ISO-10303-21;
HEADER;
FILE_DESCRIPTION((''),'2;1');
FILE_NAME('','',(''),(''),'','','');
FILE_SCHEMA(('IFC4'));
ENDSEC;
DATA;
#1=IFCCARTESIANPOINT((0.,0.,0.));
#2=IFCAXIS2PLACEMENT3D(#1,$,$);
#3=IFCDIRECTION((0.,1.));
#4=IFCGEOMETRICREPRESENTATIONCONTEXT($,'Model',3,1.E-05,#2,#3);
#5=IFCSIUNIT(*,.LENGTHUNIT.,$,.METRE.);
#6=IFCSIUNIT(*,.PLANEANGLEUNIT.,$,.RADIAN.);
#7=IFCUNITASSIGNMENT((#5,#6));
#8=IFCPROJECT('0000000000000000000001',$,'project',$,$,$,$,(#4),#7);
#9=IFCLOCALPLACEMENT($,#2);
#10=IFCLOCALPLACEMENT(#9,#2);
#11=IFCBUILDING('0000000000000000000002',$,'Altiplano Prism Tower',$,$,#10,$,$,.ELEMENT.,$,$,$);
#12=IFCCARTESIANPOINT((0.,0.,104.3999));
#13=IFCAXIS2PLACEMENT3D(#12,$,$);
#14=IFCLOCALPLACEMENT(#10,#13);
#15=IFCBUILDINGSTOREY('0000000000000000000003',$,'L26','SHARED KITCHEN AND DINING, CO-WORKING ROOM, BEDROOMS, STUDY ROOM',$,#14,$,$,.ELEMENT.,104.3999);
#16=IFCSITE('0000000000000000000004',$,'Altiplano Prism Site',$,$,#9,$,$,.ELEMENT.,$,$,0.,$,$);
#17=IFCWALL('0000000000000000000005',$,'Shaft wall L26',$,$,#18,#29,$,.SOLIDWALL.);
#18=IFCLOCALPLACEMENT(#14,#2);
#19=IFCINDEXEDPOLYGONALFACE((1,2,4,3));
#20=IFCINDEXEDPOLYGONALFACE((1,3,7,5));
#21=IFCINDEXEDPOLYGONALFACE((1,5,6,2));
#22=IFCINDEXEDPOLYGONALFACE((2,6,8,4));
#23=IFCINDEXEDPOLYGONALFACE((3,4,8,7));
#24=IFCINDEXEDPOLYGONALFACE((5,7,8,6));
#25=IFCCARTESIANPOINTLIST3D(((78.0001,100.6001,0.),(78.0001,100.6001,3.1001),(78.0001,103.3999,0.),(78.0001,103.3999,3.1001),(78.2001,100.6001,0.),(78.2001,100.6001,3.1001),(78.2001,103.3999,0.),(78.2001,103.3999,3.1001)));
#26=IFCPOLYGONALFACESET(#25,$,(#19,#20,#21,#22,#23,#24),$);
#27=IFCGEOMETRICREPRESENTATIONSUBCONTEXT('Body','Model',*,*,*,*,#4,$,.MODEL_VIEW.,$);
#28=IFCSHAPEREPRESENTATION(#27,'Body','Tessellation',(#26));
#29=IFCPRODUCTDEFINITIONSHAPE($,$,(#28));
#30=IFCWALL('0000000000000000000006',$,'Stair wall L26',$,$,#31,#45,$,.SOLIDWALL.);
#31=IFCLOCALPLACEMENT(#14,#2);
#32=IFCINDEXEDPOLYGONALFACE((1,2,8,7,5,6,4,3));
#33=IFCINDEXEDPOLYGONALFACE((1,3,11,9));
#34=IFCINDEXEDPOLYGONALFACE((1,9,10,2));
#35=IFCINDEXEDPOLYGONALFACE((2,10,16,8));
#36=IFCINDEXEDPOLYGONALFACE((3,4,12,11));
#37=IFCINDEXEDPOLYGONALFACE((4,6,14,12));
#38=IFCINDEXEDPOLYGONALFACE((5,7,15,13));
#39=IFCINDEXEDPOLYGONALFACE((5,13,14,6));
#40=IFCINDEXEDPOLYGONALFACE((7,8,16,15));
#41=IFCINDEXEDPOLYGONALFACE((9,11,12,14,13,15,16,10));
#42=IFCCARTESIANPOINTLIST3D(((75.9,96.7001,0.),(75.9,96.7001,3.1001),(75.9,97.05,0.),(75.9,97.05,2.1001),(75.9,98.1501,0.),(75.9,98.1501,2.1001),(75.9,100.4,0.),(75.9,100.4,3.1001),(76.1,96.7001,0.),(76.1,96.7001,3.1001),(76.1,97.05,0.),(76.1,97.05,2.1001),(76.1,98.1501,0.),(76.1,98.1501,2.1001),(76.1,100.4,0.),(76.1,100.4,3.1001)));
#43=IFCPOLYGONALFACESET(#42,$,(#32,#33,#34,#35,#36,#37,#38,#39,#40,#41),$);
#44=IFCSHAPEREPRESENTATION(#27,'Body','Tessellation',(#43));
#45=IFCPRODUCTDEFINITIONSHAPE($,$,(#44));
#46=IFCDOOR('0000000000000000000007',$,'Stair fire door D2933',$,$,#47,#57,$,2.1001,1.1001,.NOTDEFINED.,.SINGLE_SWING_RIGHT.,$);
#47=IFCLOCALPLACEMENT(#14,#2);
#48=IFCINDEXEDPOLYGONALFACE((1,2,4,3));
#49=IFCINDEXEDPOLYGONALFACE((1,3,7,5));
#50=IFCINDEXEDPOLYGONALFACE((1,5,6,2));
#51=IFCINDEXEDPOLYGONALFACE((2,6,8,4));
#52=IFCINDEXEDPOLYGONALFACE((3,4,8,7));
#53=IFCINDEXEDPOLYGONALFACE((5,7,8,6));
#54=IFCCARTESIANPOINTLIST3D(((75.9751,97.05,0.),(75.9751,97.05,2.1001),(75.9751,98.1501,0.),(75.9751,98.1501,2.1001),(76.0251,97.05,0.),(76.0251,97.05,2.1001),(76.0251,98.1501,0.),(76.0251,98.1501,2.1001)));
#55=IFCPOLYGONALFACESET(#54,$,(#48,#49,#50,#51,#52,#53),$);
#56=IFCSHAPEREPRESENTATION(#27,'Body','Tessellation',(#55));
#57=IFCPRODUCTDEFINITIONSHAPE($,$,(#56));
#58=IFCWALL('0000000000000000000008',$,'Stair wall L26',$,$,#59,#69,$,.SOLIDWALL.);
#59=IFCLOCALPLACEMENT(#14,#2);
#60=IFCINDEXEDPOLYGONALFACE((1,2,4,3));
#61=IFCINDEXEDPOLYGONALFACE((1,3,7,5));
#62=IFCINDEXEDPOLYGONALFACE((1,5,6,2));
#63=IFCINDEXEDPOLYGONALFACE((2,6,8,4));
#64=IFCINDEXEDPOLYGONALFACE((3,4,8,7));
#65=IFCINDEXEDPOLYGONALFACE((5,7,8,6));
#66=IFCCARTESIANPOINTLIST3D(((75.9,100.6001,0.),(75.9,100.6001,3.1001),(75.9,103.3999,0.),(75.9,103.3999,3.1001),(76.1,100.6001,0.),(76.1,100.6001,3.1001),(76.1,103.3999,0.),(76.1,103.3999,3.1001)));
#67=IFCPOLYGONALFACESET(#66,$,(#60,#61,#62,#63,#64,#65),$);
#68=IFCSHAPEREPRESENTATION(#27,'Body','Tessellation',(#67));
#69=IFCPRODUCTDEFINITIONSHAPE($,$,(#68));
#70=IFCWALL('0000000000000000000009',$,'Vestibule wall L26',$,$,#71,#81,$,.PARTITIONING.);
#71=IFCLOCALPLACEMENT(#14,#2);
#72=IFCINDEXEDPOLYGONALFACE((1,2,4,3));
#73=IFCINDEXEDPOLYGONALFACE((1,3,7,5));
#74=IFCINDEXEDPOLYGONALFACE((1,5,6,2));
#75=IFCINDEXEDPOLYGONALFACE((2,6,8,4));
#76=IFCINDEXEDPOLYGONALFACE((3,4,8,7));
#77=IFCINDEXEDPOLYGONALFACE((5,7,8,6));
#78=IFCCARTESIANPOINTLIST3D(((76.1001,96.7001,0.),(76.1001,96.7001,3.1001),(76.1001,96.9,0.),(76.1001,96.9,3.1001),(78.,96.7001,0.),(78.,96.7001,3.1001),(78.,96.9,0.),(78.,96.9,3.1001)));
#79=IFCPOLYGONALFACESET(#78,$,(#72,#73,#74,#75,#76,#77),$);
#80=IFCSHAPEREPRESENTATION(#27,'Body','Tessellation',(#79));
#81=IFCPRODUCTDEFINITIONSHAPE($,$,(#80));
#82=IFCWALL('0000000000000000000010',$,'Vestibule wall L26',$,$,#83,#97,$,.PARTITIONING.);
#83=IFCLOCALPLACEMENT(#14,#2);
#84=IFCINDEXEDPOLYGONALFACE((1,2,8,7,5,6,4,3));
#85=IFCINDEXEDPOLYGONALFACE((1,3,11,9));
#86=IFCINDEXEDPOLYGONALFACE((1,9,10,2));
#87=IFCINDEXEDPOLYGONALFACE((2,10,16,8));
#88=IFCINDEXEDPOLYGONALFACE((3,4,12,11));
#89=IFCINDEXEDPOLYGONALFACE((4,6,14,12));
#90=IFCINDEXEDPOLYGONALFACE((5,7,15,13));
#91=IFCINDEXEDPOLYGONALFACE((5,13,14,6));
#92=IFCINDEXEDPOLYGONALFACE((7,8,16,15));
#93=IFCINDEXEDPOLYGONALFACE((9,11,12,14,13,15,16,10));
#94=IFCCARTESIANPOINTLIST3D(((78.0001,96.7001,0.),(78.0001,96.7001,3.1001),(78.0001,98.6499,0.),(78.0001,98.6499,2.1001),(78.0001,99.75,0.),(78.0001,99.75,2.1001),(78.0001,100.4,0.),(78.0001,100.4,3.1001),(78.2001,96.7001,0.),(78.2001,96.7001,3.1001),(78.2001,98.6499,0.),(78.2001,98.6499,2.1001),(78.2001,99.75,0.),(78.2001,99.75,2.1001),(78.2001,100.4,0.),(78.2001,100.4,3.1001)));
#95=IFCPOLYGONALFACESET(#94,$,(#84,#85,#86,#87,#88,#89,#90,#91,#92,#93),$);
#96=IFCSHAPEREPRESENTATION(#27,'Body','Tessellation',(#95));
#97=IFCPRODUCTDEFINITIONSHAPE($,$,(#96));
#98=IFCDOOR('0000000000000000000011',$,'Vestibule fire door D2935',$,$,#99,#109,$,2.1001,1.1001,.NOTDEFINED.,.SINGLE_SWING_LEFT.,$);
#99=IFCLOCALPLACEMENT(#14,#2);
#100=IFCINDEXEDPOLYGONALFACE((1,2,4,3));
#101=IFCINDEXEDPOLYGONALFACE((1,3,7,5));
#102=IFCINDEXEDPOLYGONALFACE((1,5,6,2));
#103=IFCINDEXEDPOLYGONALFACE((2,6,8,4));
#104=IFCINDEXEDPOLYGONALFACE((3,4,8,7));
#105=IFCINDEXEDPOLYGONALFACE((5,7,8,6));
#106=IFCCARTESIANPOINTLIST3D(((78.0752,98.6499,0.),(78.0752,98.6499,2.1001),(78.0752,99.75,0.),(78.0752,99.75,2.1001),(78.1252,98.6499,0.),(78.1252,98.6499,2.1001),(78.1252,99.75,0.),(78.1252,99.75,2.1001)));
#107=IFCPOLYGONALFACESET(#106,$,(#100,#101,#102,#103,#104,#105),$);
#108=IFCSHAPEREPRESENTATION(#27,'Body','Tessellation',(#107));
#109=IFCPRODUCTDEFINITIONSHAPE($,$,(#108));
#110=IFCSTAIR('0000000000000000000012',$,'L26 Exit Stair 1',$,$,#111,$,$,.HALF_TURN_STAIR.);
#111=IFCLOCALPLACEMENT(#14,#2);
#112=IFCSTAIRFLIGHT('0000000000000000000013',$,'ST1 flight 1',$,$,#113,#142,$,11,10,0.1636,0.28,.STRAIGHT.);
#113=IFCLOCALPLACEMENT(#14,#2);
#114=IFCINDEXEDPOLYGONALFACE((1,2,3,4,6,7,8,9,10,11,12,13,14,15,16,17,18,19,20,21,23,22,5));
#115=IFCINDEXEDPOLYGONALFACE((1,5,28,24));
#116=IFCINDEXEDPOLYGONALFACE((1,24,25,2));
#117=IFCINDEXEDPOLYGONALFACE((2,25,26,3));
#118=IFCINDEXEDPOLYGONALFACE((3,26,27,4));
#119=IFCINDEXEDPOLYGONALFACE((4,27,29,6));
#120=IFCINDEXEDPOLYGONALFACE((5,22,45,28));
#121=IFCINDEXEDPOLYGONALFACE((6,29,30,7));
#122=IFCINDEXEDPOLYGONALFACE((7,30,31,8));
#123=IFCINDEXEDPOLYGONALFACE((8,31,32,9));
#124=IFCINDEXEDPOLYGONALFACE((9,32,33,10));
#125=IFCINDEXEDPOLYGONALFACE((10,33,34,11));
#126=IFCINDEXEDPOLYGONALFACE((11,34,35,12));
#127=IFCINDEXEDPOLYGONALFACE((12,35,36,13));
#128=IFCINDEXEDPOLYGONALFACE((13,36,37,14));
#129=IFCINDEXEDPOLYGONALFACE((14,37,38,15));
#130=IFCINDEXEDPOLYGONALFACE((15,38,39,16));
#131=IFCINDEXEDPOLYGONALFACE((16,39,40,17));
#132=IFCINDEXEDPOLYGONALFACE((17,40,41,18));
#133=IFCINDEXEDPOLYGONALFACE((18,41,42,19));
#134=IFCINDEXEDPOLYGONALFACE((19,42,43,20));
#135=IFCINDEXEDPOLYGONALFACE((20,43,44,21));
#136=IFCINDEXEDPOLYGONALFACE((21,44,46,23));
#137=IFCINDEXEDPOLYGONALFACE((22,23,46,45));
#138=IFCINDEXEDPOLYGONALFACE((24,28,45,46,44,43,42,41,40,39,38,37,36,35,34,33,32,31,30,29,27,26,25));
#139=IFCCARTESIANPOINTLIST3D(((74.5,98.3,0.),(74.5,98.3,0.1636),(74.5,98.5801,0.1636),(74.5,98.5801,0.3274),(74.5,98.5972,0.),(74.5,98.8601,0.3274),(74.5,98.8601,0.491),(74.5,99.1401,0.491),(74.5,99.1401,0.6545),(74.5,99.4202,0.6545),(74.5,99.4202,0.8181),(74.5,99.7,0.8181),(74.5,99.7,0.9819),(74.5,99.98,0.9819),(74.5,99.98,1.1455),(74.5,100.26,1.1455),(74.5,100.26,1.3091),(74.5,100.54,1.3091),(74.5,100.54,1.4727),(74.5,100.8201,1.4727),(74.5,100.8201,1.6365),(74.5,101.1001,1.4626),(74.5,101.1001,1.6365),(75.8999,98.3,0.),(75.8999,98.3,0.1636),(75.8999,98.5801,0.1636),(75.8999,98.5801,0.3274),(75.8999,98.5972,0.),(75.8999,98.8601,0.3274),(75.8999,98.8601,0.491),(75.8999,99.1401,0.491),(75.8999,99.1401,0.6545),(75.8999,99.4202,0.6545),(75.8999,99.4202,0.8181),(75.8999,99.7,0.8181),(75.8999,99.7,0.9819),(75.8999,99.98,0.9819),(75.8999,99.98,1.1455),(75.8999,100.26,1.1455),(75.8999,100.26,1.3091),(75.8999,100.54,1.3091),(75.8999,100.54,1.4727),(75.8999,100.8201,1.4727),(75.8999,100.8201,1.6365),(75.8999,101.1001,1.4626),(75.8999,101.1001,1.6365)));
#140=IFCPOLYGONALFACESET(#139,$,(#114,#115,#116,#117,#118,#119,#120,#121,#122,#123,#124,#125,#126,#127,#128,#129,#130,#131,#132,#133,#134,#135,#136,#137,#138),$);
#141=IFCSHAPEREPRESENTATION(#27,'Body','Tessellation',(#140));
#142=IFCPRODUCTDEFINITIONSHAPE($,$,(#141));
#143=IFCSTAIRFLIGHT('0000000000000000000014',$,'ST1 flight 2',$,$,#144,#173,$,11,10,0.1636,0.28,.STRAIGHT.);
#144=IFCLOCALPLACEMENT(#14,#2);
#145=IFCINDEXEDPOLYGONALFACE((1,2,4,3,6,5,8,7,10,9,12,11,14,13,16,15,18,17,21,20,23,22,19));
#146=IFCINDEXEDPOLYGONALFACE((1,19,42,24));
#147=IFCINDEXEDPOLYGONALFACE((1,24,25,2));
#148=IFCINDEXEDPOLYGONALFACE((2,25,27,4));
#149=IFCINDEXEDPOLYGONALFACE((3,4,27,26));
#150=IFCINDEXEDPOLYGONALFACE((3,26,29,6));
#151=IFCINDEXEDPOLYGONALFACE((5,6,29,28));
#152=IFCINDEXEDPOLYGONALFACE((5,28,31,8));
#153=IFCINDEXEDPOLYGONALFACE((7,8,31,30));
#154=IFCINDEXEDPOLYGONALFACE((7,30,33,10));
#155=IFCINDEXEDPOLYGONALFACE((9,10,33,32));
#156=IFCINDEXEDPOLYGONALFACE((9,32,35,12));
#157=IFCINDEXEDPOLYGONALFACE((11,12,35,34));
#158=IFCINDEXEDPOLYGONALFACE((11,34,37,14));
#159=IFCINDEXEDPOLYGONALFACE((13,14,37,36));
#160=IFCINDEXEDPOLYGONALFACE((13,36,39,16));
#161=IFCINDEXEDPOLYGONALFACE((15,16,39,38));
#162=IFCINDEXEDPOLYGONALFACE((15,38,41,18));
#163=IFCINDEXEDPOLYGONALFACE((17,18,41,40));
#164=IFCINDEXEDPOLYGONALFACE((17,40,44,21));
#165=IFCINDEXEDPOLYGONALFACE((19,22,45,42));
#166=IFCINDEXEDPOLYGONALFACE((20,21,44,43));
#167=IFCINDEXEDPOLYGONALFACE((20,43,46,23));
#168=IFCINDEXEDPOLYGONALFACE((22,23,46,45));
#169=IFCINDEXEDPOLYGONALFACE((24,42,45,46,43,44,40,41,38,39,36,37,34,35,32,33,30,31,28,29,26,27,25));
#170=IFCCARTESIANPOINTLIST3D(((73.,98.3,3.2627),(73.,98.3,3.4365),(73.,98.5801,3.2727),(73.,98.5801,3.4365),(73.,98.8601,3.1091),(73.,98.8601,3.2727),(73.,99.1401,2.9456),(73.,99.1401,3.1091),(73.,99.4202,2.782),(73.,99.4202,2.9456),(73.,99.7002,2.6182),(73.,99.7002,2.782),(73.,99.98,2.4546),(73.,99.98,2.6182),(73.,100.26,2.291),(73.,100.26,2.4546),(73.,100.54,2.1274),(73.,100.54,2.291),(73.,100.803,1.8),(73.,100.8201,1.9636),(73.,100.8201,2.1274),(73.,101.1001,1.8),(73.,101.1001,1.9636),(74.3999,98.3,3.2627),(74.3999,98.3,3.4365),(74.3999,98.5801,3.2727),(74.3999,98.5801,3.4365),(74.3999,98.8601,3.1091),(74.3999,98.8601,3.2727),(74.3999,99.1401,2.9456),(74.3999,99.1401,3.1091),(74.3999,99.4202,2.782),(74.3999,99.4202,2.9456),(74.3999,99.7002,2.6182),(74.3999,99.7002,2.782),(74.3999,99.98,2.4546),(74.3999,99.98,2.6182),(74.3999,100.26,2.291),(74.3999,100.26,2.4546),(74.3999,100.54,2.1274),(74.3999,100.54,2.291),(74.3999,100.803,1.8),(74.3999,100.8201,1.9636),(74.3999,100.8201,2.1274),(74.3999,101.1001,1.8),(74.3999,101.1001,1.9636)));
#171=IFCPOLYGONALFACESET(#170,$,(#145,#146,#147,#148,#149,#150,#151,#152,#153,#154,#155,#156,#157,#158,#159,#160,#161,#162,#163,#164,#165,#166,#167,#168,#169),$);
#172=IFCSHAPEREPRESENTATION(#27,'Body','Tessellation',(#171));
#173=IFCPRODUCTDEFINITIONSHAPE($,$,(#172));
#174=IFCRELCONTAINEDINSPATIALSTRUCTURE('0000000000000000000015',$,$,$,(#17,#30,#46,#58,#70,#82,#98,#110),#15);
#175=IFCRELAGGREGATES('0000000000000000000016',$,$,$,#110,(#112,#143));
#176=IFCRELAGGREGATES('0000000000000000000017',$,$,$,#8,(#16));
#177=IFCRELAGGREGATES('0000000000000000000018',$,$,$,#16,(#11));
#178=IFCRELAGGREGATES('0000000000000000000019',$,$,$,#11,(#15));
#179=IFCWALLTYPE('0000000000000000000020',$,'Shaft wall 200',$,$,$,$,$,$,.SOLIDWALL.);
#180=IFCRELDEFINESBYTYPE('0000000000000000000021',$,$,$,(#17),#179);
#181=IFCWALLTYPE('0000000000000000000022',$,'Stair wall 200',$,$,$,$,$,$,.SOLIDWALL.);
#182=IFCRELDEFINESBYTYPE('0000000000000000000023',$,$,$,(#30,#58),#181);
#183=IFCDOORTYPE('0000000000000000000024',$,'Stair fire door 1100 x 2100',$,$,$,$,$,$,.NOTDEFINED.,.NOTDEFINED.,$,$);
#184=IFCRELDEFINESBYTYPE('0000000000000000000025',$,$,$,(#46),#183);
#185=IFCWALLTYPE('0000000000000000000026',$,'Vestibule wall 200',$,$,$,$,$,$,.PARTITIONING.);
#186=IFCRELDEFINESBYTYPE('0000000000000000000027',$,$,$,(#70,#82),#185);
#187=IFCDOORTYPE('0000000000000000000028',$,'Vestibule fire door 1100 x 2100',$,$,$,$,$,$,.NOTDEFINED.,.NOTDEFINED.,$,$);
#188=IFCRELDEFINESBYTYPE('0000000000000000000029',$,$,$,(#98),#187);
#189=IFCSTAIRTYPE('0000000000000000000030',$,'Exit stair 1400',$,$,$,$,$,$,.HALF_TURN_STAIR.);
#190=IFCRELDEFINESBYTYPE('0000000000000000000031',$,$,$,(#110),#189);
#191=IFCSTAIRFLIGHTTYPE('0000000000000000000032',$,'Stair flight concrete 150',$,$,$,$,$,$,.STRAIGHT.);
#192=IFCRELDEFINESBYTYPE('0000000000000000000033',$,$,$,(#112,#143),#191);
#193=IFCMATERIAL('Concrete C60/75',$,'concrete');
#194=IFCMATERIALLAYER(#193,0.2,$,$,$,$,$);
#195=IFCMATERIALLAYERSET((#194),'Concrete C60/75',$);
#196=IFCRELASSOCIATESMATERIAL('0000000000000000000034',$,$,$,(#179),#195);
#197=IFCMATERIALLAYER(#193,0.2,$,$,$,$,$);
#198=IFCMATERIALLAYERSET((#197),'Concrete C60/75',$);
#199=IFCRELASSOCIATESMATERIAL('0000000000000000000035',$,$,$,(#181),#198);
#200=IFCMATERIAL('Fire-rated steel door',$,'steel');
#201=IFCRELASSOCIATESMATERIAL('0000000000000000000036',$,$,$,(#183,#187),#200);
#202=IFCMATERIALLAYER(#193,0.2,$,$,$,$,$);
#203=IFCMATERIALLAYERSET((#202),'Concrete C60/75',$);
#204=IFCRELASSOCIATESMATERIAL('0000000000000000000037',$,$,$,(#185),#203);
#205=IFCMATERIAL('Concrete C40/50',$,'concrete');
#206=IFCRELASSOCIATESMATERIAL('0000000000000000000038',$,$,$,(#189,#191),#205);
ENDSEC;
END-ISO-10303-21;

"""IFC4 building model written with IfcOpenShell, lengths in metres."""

from ifc_helpers import new_model, si_unit, direction, frame, frame_2d, origin, place, context, subcontext, project, spatial, polyline, rectangle, outline, extrude, material, layer, layer_set, type_object, element, fill, aggregate, save


model = new_model("IFC4")

# Units and contexts
model_context = context("Model", 3, precision=1e-05, world=origin(), true_north=direction((0.0, 1.0)))
body_context = subcontext(model_context, "Body", "Model", "MODEL_VIEW")
ifc_project = project(units=[si_unit("LENGTHUNIT", "METRE"), si_unit("PLANEANGLEUNIT", "RADIAN")], contexts=[model_context])

# Site, building, storey
site_placement = place(None, origin())
site = spatial("IfcSite", under=ifc_project, at=site_placement, Name="Altiplano Prism Site", CompositionType="ELEMENT", RefElevation=0.0)
building_placement = place(site_placement, origin())
building = spatial("IfcBuilding", under=site, at=building_placement, Name="Altiplano Prism Tower", CompositionType="ELEMENT")
storey_placement = place(building_placement, frame((0.0, 0.0, 104.3999)))
storey = spatial("IfcBuildingStorey", under=building, at=storey_placement, Name="L26", Description="SHARED KITCHEN AND DINING, CO-WORKING ROOM, BEDROOMS, STUDY ROOM", CompositionType="ELEMENT", Elevation=104.3999)

# Wall
ifc_material_1 = material(Name="Concrete C60/75", Category="concrete")
ifc_layer_1 = layer(ifc_material_1, 0.2)
ifc_layer_set_1 = layer_set([ifc_layer_1], Name="Concrete C60/75")
wall_type_1 = type_object("IfcWallType", Name="Shaft wall 200", PredefinedType="SOLIDWALL", material=ifc_layer_set_1)
wall_1_placement = place(storey_placement, frame((78.1001, 100.6001, 0.0), z_axis=(0.0, 0.0, 1.0), x_axis=(0.0, 1.0, 0.0)))
element("IfcWall", 1, at=wall_1_placement, inside=storey, type_object=wall_type_1, Name="Shaft wall L26", PredefinedType="SOLIDWALL", context=body_context, shape_type="SweptSolid", body=[
    extrude(rectangle(XDim=2.7998, YDim=0.2, at=frame_2d((1.3999, 0.0))), origin(), (0.0, 0.0, 1.0), 3.1001),
])

# Wall, opening, door
ifc_layer_2 = layer(ifc_material_1, 0.2)
ifc_layer_set_2 = layer_set([ifc_layer_2], Name="Concrete C60/75")
wall_type_2 = type_object("IfcWallType", Name="Stair wall 200", PredefinedType="SOLIDWALL", material=ifc_layer_set_2)
wall_2_placement = place(storey_placement, frame((76.0, 96.7, 0.0), z_axis=(0.0, 0.0, 1.0), x_axis=(0.0, 1.0, 0.0)))
wall_2 = element("IfcWall", 2, at=wall_2_placement, inside=storey, type_object=wall_type_2, Name="Stair wall L26", PredefinedType="SOLIDWALL", context=body_context, shape_type="SweptSolid", body=[
    extrude(rectangle(XDim=3.7, YDim=0.2, at=frame_2d((1.8501, 0.0))), origin(), (0.0, 0.0, 1.0), 3.1001),
])
opening_1_placement = place(wall_2_placement, frame((0.3501, 0.0, 0.0)))
opening_1 = element("IfcOpeningElement", 3, at=opening_1_placement, cuts=wall_2, PredefinedType="OPENING", context=body_context, shape_type="SweptSolid", body=[
    extrude(rectangle(XDim=1.1001, YDim=2.1001, at=frame_2d((0.55, 1.05))), frame((0.0, 0.1104, 0.0), z_axis=(0.0, -1.0, 0.0), x_axis=(1.0, 0.0, 0.0)), (0.0, 0.0, 1.0), 0.2209),
])
ifc_material_2 = material(Name="Fire-rated steel door", Category="steel")
door_type_1 = type_object("IfcDoorType", Name="Stair fire door 1100 x 2100", OperationType="NOTDEFINED", PredefinedType="NOTDEFINED", material=ifc_material_2)
door_1_placement = place(opening_1_placement, origin())
door_1 = element("IfcDoor", 4, at=door_1_placement, inside=storey, type_object=door_type_1, Name="Stair fire door D2933", OperationType="SINGLE_SWING_RIGHT", OverallHeight=2.1001, OverallWidth=1.1001, PredefinedType="NOTDEFINED", context=body_context, shape_type="SweptSolid", body=[
    extrude(rectangle(XDim=1.1001, YDim=2.1001, at=frame_2d((0.55, 1.05))), frame((0.0, 0.0249, 0.0), z_axis=(0.0, -1.0, 0.0), x_axis=(1.0, 0.0, 0.0)), (0.0, 0.0, 1.0), 0.05),
])
fill(opening_1, door_1)

# Walls
wall_3_placement = place(storey_placement, frame((76.0, 100.6001, 0.0), z_axis=(0.0, 0.0, 1.0), x_axis=(0.0, 1.0, 0.0)))
element("IfcWall", 5, at=wall_3_placement, inside=storey, type_object=wall_type_2, Name="Stair wall L26", PredefinedType="SOLIDWALL", context=body_context, shape_type="SweptSolid", body=[
    extrude(rectangle(XDim=2.7998, YDim=0.2, at=frame_2d((1.3999, 0.0))), origin(), (0.0, 0.0, 1.0), 3.1001),
])
ifc_layer_3 = layer(ifc_material_1, 0.2)
ifc_layer_set_3 = layer_set([ifc_layer_3], Name="Concrete C60/75")
wall_type_3 = type_object("IfcWallType", Name="Vestibule wall 200", PredefinedType="PARTITIONING", material=ifc_layer_set_3)
wall_4_placement = place(storey_placement, frame((76.1001, 96.8, 0.0), z_axis=(0.0, 0.0, 1.0), x_axis=(1.0, 0.0, 0.0)))
element("IfcWall", 6, at=wall_4_placement, inside=storey, type_object=wall_type_3, Name="Vestibule wall L26", PredefinedType="PARTITIONING", context=body_context, shape_type="SweptSolid", body=[
    extrude(rectangle(XDim=1.8999, YDim=0.2, at=frame_2d((0.95, 0.0))), origin(), (0.0, 0.0, 1.0), 3.1001),
])

# Wall, opening, door
wall_5_placement = place(storey_placement, frame((78.1001, 96.7, 0.0), z_axis=(0.0, 0.0, 1.0), x_axis=(0.0, 1.0, 0.0)))
wall_5 = element("IfcWall", 7, at=wall_5_placement, inside=storey, type_object=wall_type_3, Name="Vestibule wall L26", PredefinedType="PARTITIONING", context=body_context, shape_type="SweptSolid", body=[
    extrude(rectangle(XDim=3.7, YDim=0.2, at=frame_2d((1.8501, 0.0))), origin(), (0.0, 0.0, 1.0), 3.1001),
])
opening_2_placement = place(wall_5_placement, frame((1.95, 0.0, 0.0)))
opening_2 = element("IfcOpeningElement", 8, at=opening_2_placement, cuts=wall_5, PredefinedType="OPENING", context=body_context, shape_type="SweptSolid", body=[
    extrude(rectangle(XDim=1.1001, YDim=2.1001, at=frame_2d((0.55, 1.05))), frame((0.0, 0.1104, 0.0), z_axis=(0.0, -1.0, 0.0), x_axis=(1.0, 0.0, 0.0)), (0.0, 0.0, 1.0), 0.2209),
])
door_type_2 = type_object("IfcDoorType", Name="Vestibule fire door 1100 x 2100", OperationType="NOTDEFINED", PredefinedType="NOTDEFINED", material=ifc_material_2)
door_2_placement = place(opening_2_placement, origin())
door_2 = element("IfcDoor", 9, at=door_2_placement, inside=storey, type_object=door_type_2, Name="Vestibule fire door D2935", OperationType="SINGLE_SWING_LEFT", OverallHeight=2.1001, OverallWidth=1.1001, PredefinedType="NOTDEFINED", context=body_context, shape_type="SweptSolid", body=[
    extrude(rectangle(XDim=1.1001, YDim=2.1001, at=frame_2d((0.55, 1.05))), frame((0.0, 0.0249, 0.0), z_axis=(0.0, -1.0, 0.0), x_axis=(1.0, 0.0, 0.0)), (0.0, 0.0, 1.0), 0.05),
])
fill(opening_2, door_2)

# Stair, stair flights
ifc_material_3 = material(Name="Concrete C40/50", Category="concrete")
stair_type = type_object("IfcStairType", Name="Exit stair 1400", PredefinedType="HALF_TURN_STAIR", material=ifc_material_3)
stair_placement = place(storey_placement, origin())
stair = element("IfcStair", 10, at=stair_placement, inside=storey, type_object=stair_type, Name="L26 Exit Stair 1", PredefinedType="HALF_TURN_STAIR")
stair_flight_type = type_object("IfcStairFlightType", Name="Stair flight concrete 150", PredefinedType="STRAIGHT", material=ifc_material_3)
stair_flight_1_placement = place(storey_placement, frame((75.2, 98.3, 0.0), z_axis=(0.0, 0.0, 1.0), x_axis=(0.0, 1.0, 0.0)))
stair_flight_1 = element("IfcStairFlight", 11, at=stair_flight_1_placement, type_object=stair_flight_type, Name="ST1 flight 1", NumberOfRisers=11, NumberOfTreads=10, PredefinedType="STRAIGHT", RiserHeight=0.1636, TreadLength=0.28, context=body_context, shape_type="SweptSolid", body=[
    extrude(outline(polyline([(0.0, 0.0), (0.0, 0.1636), (0.28, 0.1636), (0.28, 0.3274), (0.5601, 0.3274), (0.5601, 0.491), (0.8401, 0.491), (0.8401, 0.6545), (1.1201, 0.6545), (1.1201, 0.8181), (1.3999, 0.8181), (1.3999, 0.9819), (1.6799, 0.9819), (1.6799, 1.1455), (1.96, 1.1455), (1.96, 1.3091), (2.24, 1.3091), (2.24, 1.4727), (2.52, 1.4727), (2.52, 1.6365), (2.8, 1.6365), (2.8, 1.8), (2.8, 1.4626), (0.2971, 0.0), (0.0, 0.0)])), frame((0.0, 0.7, 0.0), z_axis=(0.0, -1.0, 0.0), x_axis=(1.0, 0.0, 0.0)), (0.0, 0.0, 1.0), 1.3999),
])
stair_flight_2_placement = place(storey_placement, frame((73.7, 101.1001, 1.8), z_axis=(0.0, 0.0, 1.0), x_axis=(0.0, -1.0, 0.0)))
stair_flight_2 = element("IfcStairFlight", 12, at=stair_flight_2_placement, type_object=stair_flight_type, Name="ST1 flight 2", NumberOfRisers=11, NumberOfTreads=10, PredefinedType="STRAIGHT", RiserHeight=0.1636, TreadLength=0.28, context=body_context, shape_type="SweptSolid", body=[
    extrude(outline(polyline([(0.0, 0.0), (0.0, 0.1636), (0.28, 0.1636), (0.28, 0.3274), (0.5601, 0.3274), (0.5601, 0.491), (0.8401, 0.491), (0.8401, 0.6545), (1.1201, 0.6545), (1.1201, 0.8181), (1.3999, 0.8181), (1.3999, 0.9819), (1.6799, 0.9819), (1.6799, 1.1455), (1.96, 1.1455), (1.96, 1.3091), (2.24, 1.3091), (2.24, 1.4727), (2.52, 1.4727), (2.52, 1.6365), (2.8, 1.6365), (2.8, 1.8), (2.8, 1.4626), (0.2971, 0.0), (0.0, 0.0)])), frame((0.0, 0.7, 0.0), z_axis=(0.0, -1.0, 0.0), x_axis=(1.0, 0.0, 0.0)), (0.0, 0.0, 1.0), 1.3999),
])
aggregate(stair, [stair_flight_1, stair_flight_2])

save(model, "model.ifc")
